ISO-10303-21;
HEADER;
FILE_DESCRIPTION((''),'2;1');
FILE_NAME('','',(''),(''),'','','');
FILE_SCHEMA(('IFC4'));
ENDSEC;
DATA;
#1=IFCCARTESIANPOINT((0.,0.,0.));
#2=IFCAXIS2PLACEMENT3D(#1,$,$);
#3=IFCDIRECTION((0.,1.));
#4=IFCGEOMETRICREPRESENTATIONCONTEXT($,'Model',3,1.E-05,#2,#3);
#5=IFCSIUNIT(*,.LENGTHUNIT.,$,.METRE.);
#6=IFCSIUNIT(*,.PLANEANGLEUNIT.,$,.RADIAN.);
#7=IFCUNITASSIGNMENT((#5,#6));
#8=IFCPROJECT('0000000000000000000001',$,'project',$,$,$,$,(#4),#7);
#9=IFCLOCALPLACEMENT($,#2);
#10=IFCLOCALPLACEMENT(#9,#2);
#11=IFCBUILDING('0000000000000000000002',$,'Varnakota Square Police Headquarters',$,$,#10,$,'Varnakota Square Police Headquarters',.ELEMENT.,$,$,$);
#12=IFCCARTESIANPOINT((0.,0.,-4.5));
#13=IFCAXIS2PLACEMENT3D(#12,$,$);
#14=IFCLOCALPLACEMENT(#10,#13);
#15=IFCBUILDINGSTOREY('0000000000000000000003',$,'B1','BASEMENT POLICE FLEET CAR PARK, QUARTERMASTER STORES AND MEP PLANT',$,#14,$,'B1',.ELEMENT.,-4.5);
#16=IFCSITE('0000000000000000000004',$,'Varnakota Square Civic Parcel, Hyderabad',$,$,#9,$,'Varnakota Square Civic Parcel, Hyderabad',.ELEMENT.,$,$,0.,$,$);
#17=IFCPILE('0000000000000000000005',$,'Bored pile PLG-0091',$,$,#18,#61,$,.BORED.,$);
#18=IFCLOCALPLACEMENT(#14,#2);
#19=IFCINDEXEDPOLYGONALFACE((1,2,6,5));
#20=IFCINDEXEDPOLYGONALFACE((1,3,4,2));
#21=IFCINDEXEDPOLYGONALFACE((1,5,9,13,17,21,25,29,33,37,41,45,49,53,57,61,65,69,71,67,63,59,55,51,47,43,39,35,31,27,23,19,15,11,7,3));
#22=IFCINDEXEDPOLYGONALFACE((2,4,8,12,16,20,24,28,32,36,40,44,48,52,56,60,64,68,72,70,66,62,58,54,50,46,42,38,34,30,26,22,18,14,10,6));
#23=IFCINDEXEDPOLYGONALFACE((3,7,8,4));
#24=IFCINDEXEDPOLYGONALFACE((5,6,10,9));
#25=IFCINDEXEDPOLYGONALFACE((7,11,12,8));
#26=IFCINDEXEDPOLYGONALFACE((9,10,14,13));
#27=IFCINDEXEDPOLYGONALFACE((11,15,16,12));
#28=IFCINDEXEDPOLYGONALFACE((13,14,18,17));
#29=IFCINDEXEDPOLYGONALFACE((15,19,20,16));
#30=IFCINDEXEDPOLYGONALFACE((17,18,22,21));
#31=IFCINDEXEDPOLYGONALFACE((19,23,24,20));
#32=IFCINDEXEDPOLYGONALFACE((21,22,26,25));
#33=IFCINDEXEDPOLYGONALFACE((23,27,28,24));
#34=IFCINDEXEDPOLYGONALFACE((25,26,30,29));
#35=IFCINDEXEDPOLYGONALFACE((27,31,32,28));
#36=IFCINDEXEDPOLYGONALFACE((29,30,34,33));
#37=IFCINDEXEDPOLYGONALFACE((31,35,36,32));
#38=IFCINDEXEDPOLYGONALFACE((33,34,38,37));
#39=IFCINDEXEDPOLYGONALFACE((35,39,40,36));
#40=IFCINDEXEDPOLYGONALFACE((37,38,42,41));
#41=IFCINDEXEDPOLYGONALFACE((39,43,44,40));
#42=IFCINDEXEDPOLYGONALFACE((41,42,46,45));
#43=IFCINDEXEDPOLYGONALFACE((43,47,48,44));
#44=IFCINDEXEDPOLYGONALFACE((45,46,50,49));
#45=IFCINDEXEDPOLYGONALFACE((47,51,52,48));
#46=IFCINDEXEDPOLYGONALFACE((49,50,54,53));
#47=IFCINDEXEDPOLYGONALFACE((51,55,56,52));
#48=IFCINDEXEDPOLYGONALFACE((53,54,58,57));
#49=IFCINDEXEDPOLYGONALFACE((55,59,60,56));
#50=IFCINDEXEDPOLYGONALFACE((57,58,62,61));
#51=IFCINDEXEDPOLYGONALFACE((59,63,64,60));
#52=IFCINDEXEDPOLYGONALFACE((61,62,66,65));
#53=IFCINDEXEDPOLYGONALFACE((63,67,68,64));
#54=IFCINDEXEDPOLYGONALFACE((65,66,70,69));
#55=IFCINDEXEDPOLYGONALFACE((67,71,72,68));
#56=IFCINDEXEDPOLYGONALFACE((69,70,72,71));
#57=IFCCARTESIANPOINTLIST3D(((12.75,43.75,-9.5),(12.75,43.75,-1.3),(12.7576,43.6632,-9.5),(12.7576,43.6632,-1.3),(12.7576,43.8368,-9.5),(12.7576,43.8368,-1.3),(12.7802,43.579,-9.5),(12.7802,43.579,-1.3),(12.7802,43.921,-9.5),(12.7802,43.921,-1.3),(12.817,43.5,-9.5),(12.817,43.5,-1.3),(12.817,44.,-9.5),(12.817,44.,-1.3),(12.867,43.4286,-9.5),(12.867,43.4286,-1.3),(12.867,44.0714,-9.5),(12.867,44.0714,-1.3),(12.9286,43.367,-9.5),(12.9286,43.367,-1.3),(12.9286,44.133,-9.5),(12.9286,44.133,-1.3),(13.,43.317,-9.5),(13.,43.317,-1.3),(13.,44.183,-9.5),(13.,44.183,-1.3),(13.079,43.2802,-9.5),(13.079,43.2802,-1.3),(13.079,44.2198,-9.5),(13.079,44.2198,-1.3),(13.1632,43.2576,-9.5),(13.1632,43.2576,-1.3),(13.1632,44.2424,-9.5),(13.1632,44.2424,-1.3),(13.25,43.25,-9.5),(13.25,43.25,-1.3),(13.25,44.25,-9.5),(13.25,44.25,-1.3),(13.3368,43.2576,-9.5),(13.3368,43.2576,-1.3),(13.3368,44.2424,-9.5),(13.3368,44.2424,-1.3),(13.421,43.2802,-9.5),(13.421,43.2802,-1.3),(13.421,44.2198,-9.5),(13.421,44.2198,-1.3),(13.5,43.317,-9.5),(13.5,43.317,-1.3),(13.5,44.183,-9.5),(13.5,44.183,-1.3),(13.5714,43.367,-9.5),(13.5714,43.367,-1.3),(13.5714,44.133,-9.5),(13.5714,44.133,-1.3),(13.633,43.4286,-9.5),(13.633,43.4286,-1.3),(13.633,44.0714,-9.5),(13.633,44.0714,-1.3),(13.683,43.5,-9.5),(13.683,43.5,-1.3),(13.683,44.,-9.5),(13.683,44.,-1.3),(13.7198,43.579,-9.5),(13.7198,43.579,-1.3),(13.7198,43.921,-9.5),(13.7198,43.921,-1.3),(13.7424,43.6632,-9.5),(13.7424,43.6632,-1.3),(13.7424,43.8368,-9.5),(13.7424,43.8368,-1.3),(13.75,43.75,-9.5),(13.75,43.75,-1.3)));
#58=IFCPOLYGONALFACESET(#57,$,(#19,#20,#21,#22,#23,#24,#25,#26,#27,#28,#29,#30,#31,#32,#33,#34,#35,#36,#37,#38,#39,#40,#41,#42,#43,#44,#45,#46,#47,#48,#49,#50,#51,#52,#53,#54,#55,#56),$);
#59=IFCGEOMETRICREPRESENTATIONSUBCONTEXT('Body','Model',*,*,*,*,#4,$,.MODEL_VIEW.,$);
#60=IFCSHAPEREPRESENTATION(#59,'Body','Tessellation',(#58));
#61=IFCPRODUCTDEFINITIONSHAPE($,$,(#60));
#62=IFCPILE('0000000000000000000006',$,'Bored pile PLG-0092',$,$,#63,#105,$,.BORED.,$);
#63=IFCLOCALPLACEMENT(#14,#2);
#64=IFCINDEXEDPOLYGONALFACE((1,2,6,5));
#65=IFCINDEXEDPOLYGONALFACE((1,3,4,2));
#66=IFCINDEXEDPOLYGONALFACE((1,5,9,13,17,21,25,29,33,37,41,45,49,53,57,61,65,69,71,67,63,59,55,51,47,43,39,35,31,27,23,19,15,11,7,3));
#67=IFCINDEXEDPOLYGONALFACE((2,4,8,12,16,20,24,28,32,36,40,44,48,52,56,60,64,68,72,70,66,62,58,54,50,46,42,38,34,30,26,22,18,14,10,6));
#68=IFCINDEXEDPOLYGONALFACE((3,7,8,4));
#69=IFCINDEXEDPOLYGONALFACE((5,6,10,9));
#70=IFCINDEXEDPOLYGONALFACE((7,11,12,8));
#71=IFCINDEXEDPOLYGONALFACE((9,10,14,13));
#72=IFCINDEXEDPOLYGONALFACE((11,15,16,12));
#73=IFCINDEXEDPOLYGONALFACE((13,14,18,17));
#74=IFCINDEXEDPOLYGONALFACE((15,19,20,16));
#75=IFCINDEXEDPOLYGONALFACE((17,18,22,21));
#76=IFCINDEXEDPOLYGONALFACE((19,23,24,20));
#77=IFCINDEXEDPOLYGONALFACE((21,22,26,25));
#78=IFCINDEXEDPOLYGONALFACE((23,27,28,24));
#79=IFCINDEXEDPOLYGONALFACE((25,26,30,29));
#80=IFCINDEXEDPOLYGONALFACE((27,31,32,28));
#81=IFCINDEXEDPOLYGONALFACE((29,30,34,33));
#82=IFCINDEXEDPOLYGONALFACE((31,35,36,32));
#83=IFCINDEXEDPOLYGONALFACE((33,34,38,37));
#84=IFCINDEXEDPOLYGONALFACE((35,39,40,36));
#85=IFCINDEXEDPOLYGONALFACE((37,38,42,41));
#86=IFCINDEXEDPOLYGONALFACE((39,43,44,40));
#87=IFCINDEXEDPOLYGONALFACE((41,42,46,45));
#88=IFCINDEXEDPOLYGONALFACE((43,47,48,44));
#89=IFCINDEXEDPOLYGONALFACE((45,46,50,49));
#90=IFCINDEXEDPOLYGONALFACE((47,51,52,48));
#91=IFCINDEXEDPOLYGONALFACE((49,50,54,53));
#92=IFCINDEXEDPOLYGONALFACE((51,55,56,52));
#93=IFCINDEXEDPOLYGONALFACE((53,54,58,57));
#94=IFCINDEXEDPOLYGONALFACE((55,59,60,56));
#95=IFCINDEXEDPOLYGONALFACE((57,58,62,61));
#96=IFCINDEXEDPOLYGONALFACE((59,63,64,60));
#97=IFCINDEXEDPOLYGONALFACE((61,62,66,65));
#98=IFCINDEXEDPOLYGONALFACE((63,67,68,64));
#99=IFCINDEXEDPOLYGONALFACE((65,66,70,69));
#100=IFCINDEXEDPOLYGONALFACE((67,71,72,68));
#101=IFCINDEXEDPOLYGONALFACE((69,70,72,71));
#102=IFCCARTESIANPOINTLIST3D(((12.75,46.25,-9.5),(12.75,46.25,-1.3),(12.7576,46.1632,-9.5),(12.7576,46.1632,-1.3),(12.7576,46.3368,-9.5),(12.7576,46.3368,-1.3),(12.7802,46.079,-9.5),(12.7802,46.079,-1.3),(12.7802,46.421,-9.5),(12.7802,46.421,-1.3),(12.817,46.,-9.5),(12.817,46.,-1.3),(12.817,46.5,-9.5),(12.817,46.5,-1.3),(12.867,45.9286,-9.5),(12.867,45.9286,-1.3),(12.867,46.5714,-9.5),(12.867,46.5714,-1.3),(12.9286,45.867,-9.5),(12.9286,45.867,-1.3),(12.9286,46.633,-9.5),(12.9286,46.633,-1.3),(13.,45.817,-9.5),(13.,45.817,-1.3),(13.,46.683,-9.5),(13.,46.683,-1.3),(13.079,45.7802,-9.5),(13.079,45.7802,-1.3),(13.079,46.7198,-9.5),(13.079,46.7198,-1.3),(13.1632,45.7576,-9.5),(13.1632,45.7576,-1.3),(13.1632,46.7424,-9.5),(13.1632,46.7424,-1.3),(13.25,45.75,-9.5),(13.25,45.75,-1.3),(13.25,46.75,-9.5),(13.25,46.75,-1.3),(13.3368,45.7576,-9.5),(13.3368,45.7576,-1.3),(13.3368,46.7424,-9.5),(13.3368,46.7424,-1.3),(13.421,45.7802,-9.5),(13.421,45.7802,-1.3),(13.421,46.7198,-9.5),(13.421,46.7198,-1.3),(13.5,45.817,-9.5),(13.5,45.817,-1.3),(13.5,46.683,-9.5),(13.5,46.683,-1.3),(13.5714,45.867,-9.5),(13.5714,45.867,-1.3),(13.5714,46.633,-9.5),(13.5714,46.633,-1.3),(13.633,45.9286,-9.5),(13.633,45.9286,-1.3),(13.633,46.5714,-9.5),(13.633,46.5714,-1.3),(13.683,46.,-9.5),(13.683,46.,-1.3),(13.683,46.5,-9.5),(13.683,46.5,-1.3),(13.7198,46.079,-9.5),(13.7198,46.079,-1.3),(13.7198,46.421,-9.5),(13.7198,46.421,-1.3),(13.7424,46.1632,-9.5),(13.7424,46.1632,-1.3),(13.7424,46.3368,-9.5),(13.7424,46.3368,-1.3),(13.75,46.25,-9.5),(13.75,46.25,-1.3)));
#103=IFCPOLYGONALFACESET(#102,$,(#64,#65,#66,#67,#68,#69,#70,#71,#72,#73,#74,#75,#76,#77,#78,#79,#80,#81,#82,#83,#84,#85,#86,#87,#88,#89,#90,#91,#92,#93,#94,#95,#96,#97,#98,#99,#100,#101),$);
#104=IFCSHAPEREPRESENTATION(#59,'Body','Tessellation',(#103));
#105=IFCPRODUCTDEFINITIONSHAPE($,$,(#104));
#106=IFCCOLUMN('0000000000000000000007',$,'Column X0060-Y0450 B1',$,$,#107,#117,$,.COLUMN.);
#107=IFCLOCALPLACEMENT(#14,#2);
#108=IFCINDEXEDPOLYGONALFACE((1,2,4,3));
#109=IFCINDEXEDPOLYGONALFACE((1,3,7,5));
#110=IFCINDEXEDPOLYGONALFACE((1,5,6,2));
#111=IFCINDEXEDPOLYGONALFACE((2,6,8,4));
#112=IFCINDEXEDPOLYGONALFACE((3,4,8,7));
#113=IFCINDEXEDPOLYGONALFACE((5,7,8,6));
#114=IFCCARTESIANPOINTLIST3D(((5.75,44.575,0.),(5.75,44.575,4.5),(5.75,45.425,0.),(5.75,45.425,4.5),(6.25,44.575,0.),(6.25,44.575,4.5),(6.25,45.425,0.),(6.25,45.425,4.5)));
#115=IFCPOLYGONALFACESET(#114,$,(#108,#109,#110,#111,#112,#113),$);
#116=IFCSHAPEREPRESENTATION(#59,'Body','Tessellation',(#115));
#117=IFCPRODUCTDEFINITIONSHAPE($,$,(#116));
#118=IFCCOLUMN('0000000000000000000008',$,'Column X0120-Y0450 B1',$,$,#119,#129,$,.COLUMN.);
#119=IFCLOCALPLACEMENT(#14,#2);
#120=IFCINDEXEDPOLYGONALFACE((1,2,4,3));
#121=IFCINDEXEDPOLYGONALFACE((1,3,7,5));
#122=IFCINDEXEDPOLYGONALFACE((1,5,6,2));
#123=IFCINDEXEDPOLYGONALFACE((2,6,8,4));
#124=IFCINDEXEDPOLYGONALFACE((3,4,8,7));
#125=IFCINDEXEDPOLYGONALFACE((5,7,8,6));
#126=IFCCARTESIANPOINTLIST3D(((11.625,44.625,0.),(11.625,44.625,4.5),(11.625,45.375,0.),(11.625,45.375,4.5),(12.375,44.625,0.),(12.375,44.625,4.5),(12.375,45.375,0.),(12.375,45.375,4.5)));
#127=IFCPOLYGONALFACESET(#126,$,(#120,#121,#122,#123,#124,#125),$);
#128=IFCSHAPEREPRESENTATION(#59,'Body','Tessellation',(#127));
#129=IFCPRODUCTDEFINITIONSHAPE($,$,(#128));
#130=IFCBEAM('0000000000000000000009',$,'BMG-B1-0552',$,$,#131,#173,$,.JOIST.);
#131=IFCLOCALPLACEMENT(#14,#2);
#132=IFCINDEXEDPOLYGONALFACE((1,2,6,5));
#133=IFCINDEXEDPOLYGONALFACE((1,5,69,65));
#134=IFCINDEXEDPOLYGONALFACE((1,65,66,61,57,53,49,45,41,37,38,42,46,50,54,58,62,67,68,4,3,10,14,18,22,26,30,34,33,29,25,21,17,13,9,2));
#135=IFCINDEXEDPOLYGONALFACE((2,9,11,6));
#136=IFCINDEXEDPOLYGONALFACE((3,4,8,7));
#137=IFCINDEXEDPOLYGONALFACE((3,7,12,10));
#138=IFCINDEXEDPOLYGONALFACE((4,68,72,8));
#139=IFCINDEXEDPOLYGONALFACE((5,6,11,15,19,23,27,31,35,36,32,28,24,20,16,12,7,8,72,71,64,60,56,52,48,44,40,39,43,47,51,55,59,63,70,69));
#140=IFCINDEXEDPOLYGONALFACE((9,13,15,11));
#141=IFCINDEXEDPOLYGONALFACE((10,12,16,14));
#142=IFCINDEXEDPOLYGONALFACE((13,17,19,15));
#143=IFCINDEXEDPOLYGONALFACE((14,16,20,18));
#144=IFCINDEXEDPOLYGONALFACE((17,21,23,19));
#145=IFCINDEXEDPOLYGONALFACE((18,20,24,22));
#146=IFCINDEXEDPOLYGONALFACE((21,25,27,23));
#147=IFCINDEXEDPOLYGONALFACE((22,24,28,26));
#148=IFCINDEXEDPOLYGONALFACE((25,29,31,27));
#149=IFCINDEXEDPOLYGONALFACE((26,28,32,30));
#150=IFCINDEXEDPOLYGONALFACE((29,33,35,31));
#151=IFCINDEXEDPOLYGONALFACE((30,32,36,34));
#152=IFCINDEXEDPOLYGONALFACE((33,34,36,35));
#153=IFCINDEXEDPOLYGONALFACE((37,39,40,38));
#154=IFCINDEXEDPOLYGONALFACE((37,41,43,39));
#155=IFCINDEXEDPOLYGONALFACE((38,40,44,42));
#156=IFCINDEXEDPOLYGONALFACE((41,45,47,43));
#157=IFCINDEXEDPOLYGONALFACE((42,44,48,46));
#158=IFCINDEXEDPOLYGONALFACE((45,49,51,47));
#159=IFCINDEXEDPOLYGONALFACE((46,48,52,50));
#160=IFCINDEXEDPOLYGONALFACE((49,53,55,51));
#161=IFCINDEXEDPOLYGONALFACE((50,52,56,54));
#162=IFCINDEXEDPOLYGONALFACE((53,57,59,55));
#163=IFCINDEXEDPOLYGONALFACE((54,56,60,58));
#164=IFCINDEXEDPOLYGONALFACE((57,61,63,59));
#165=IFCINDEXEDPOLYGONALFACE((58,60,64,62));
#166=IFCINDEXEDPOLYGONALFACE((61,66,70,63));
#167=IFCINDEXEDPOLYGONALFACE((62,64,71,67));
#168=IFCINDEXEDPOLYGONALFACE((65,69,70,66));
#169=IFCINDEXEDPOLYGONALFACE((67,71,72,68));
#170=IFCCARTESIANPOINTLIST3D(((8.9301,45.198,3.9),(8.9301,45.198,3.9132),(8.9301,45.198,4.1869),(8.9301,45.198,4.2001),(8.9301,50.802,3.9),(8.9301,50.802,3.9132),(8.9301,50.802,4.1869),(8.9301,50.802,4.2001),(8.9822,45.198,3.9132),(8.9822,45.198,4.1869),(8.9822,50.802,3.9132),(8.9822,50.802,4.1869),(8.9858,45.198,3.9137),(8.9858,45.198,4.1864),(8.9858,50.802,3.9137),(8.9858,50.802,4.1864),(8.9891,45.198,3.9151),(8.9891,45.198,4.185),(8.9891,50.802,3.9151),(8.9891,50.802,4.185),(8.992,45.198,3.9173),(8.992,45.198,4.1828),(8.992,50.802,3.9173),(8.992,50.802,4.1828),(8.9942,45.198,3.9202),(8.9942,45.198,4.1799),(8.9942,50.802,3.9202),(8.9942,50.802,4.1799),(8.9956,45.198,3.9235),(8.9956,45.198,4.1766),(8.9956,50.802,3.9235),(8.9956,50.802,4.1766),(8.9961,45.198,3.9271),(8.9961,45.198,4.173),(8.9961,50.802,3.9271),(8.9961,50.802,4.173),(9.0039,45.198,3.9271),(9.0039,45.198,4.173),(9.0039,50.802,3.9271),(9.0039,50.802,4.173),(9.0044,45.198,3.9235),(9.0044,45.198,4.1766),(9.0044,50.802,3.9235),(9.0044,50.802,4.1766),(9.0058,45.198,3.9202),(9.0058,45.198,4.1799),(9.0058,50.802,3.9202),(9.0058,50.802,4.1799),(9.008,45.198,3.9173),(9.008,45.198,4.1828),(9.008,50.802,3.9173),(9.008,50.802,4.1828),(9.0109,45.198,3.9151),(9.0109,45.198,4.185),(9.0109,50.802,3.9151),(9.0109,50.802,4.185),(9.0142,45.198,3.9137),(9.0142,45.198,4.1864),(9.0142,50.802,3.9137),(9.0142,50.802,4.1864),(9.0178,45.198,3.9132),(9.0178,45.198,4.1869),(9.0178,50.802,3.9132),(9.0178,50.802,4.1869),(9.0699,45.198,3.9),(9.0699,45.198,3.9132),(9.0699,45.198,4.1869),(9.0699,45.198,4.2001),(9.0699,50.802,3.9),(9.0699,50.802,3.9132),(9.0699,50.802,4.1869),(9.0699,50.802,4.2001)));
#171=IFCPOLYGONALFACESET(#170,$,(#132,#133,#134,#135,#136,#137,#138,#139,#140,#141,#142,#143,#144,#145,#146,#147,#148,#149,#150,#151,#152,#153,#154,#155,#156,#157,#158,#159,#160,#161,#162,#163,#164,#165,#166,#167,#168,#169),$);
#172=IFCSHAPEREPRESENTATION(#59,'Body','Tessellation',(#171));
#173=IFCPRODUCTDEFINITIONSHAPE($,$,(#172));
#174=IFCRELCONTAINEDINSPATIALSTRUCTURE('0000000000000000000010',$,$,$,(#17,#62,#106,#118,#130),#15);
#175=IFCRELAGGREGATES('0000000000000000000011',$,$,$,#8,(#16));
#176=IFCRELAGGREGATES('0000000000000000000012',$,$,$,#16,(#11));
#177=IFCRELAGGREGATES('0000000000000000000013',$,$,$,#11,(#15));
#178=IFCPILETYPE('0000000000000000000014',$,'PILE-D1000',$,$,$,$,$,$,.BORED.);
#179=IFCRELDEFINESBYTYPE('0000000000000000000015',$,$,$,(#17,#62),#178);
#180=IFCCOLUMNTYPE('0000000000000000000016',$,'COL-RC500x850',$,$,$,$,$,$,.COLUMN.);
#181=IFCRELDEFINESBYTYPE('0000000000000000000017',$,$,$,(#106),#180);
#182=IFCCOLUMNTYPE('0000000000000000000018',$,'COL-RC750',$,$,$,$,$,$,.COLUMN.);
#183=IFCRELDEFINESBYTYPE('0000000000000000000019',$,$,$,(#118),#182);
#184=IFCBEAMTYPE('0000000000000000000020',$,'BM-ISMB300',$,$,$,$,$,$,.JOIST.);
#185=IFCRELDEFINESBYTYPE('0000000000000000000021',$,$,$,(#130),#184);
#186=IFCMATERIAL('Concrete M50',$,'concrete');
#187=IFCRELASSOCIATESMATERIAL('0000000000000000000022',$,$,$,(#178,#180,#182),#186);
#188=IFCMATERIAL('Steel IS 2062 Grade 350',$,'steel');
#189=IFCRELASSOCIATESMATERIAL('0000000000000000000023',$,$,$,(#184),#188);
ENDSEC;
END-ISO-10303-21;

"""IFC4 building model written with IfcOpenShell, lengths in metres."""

from ifc_helpers import new_model, si_unit, direction, frame, origin, origin_2d, place, context, subcontext, project, spatial, rectangle, circle, i_section, extrude, material, material_profile, profile_set, type_object, element, save


model = new_model("IFC4")

# Units and contexts
model_context = context("Model", 3, precision=1e-05, world=origin(), true_north=direction((0.0, 1.0)))
body_context = subcontext(model_context, "Body", "Model", "MODEL_VIEW")
ifc_project = project(units=[si_unit("LENGTHUNIT", "METRE"), si_unit("PLANEANGLEUNIT", "RADIAN")], contexts=[model_context])

# Site, building, storey
site_placement = place(None, origin())
site = spatial("IfcSite", under=ifc_project, at=site_placement, Name="Varnakota Square Civic Parcel, Hyderabad", LongName="Varnakota Square Civic Parcel, Hyderabad", CompositionType="ELEMENT", RefElevation=0.0)
building_placement = place(site_placement, origin())
building = spatial("IfcBuilding", under=site, at=building_placement, Name="Varnakota Square Police Headquarters", LongName="Varnakota Square Police Headquarters", CompositionType="ELEMENT")
storey_placement = place(building_placement, frame((0.0, 0.0, -4.5)))
storey = spatial("IfcBuildingStorey", under=building, at=storey_placement, Name="B1", Description="BASEMENT POLICE FLEET CAR PARK, QUARTERMASTER STORES AND MEP PLANT", LongName="B1", CompositionType="ELEMENT", Elevation=-4.5)

# Shared definitions
ifc_material_1 = material(Name="Concrete M50", Category="concrete")

# Piles
ifc_material_profile_1 = material_profile(ifc_material_1, circle(Radius=0.5, at=origin_2d()), Name="BORED PILE 1000")
ifc_profile_set_1 = profile_set([ifc_material_profile_1], Name="Concrete M50")
pile_type = type_object("IfcPileType", Name="PILE-D1000", PredefinedType="BORED", material=ifc_profile_set_1)
for number, where, z_axis, x_axis, name in (
    (1, (13.25, 43.75, -1.3), (0.0, 0.0, -1.0), (1.0, 0.0, 0.0), "Bored pile PLG-0091"),
    (2, (13.25, 46.25, -1.3), (0.0, 0.0, -1.0), (1.0, 0.0, 0.0), "Bored pile PLG-0092"),
):
    element("IfcPile", number, at=place(storey_placement, frame(where, z_axis=z_axis, x_axis=x_axis)), inside=storey, type_object=pile_type, Name=name, PredefinedType="BORED", context=body_context, shape_type="SweptSolid", body=[
        extrude(circle(Radius=0.5, at=origin_2d()), origin(), (0.0, 0.0, 1.0), 8.2),
    ])

# Columns
ifc_material_profile_2 = material_profile(ifc_material_1, rectangle(XDim=0.5, YDim=0.8501, at=origin_2d()), Name="RC 500x850")
ifc_profile_set_2 = profile_set([ifc_material_profile_2], Name="Concrete M50")
column_type_1 = type_object("IfcColumnType", Name="COL-RC500x850", PredefinedType="COLUMN", material=ifc_profile_set_2)
column_1_placement = place(storey_placement, frame((6.0, 45.0, 0.0), z_axis=(0.0, 0.0, 1.0), x_axis=(1.0, 0.0, 0.0)))
element("IfcColumn", 3, at=column_1_placement, inside=storey, type_object=column_type_1, Name="Column X0060-Y0450 B1", PredefinedType="COLUMN", context=body_context, shape_type="SweptSolid", body=[
    extrude(rectangle(XDim=0.5, YDim=0.8501, at=origin_2d()), origin(), (0.0, 0.0, 1.0), 4.5),
])
ifc_material_profile_3 = material_profile(ifc_material_1, rectangle(XDim=0.75, YDim=0.75, at=origin_2d()), Name="RC 750x750")
ifc_profile_set_3 = profile_set([ifc_material_profile_3], Name="Concrete M50")
column_type_2 = type_object("IfcColumnType", Name="COL-RC750", PredefinedType="COLUMN", material=ifc_profile_set_3)
column_2_placement = place(storey_placement, frame((12.0, 45.0, 0.0), z_axis=(0.0, 0.0, 1.0), x_axis=(1.0, 0.0, 0.0)))
element("IfcColumn", 4, at=column_2_placement, inside=storey, type_object=column_type_2, Name="Column X0120-Y0450 B1", PredefinedType="COLUMN", context=body_context, shape_type="SweptSolid", body=[
    extrude(rectangle(XDim=0.75, YDim=0.75, at=origin_2d()), origin(), (0.0, 0.0, 1.0), 4.5),
])

# Beam
ifc_material_2 = material(Name="Steel IS 2062 Grade 350", Category="steel")
ifc_material_profile_4 = material_profile(ifc_material_2, i_section(OverallWidth=0.1399, OverallDepth=0.3, WebThickness=0.0078, FlangeThickness=0.0132, FilletRadius=0.0139, at=origin_2d()), Name="ISMB 300")
ifc_profile_set_4 = profile_set([ifc_material_profile_4], Name="Steel IS 2062 Grade 350")
beam_type_1 = type_object("IfcBeamType", Name="BM-ISMB300", PredefinedType="JOIST", material=ifc_profile_set_4)
for number, where, z_axis, x_axis, name in (
    (5, (9.0, 45.198, 4.05), (0.0, 1.0, 0.0), (-1.0, 0.0, 0.0), "BMG-B1-0552"),
):
    element("IfcBeam", number, at=place(storey_placement, frame(where, z_axis=z_axis, x_axis=x_axis)), inside=storey, type_object=beam_type_1, Name=name, PredefinedType="JOIST", context=body_context, shape_type="SweptSolid", body=[
        extrude(i_section(OverallWidth=0.1399, OverallDepth=0.3, WebThickness=0.0078, FlangeThickness=0.0132, FilletRadius=0.0139, at=origin_2d()), origin(), (0.0, 0.0, 1.0), 5.604),
    ])

save(model, "model.ifc")
